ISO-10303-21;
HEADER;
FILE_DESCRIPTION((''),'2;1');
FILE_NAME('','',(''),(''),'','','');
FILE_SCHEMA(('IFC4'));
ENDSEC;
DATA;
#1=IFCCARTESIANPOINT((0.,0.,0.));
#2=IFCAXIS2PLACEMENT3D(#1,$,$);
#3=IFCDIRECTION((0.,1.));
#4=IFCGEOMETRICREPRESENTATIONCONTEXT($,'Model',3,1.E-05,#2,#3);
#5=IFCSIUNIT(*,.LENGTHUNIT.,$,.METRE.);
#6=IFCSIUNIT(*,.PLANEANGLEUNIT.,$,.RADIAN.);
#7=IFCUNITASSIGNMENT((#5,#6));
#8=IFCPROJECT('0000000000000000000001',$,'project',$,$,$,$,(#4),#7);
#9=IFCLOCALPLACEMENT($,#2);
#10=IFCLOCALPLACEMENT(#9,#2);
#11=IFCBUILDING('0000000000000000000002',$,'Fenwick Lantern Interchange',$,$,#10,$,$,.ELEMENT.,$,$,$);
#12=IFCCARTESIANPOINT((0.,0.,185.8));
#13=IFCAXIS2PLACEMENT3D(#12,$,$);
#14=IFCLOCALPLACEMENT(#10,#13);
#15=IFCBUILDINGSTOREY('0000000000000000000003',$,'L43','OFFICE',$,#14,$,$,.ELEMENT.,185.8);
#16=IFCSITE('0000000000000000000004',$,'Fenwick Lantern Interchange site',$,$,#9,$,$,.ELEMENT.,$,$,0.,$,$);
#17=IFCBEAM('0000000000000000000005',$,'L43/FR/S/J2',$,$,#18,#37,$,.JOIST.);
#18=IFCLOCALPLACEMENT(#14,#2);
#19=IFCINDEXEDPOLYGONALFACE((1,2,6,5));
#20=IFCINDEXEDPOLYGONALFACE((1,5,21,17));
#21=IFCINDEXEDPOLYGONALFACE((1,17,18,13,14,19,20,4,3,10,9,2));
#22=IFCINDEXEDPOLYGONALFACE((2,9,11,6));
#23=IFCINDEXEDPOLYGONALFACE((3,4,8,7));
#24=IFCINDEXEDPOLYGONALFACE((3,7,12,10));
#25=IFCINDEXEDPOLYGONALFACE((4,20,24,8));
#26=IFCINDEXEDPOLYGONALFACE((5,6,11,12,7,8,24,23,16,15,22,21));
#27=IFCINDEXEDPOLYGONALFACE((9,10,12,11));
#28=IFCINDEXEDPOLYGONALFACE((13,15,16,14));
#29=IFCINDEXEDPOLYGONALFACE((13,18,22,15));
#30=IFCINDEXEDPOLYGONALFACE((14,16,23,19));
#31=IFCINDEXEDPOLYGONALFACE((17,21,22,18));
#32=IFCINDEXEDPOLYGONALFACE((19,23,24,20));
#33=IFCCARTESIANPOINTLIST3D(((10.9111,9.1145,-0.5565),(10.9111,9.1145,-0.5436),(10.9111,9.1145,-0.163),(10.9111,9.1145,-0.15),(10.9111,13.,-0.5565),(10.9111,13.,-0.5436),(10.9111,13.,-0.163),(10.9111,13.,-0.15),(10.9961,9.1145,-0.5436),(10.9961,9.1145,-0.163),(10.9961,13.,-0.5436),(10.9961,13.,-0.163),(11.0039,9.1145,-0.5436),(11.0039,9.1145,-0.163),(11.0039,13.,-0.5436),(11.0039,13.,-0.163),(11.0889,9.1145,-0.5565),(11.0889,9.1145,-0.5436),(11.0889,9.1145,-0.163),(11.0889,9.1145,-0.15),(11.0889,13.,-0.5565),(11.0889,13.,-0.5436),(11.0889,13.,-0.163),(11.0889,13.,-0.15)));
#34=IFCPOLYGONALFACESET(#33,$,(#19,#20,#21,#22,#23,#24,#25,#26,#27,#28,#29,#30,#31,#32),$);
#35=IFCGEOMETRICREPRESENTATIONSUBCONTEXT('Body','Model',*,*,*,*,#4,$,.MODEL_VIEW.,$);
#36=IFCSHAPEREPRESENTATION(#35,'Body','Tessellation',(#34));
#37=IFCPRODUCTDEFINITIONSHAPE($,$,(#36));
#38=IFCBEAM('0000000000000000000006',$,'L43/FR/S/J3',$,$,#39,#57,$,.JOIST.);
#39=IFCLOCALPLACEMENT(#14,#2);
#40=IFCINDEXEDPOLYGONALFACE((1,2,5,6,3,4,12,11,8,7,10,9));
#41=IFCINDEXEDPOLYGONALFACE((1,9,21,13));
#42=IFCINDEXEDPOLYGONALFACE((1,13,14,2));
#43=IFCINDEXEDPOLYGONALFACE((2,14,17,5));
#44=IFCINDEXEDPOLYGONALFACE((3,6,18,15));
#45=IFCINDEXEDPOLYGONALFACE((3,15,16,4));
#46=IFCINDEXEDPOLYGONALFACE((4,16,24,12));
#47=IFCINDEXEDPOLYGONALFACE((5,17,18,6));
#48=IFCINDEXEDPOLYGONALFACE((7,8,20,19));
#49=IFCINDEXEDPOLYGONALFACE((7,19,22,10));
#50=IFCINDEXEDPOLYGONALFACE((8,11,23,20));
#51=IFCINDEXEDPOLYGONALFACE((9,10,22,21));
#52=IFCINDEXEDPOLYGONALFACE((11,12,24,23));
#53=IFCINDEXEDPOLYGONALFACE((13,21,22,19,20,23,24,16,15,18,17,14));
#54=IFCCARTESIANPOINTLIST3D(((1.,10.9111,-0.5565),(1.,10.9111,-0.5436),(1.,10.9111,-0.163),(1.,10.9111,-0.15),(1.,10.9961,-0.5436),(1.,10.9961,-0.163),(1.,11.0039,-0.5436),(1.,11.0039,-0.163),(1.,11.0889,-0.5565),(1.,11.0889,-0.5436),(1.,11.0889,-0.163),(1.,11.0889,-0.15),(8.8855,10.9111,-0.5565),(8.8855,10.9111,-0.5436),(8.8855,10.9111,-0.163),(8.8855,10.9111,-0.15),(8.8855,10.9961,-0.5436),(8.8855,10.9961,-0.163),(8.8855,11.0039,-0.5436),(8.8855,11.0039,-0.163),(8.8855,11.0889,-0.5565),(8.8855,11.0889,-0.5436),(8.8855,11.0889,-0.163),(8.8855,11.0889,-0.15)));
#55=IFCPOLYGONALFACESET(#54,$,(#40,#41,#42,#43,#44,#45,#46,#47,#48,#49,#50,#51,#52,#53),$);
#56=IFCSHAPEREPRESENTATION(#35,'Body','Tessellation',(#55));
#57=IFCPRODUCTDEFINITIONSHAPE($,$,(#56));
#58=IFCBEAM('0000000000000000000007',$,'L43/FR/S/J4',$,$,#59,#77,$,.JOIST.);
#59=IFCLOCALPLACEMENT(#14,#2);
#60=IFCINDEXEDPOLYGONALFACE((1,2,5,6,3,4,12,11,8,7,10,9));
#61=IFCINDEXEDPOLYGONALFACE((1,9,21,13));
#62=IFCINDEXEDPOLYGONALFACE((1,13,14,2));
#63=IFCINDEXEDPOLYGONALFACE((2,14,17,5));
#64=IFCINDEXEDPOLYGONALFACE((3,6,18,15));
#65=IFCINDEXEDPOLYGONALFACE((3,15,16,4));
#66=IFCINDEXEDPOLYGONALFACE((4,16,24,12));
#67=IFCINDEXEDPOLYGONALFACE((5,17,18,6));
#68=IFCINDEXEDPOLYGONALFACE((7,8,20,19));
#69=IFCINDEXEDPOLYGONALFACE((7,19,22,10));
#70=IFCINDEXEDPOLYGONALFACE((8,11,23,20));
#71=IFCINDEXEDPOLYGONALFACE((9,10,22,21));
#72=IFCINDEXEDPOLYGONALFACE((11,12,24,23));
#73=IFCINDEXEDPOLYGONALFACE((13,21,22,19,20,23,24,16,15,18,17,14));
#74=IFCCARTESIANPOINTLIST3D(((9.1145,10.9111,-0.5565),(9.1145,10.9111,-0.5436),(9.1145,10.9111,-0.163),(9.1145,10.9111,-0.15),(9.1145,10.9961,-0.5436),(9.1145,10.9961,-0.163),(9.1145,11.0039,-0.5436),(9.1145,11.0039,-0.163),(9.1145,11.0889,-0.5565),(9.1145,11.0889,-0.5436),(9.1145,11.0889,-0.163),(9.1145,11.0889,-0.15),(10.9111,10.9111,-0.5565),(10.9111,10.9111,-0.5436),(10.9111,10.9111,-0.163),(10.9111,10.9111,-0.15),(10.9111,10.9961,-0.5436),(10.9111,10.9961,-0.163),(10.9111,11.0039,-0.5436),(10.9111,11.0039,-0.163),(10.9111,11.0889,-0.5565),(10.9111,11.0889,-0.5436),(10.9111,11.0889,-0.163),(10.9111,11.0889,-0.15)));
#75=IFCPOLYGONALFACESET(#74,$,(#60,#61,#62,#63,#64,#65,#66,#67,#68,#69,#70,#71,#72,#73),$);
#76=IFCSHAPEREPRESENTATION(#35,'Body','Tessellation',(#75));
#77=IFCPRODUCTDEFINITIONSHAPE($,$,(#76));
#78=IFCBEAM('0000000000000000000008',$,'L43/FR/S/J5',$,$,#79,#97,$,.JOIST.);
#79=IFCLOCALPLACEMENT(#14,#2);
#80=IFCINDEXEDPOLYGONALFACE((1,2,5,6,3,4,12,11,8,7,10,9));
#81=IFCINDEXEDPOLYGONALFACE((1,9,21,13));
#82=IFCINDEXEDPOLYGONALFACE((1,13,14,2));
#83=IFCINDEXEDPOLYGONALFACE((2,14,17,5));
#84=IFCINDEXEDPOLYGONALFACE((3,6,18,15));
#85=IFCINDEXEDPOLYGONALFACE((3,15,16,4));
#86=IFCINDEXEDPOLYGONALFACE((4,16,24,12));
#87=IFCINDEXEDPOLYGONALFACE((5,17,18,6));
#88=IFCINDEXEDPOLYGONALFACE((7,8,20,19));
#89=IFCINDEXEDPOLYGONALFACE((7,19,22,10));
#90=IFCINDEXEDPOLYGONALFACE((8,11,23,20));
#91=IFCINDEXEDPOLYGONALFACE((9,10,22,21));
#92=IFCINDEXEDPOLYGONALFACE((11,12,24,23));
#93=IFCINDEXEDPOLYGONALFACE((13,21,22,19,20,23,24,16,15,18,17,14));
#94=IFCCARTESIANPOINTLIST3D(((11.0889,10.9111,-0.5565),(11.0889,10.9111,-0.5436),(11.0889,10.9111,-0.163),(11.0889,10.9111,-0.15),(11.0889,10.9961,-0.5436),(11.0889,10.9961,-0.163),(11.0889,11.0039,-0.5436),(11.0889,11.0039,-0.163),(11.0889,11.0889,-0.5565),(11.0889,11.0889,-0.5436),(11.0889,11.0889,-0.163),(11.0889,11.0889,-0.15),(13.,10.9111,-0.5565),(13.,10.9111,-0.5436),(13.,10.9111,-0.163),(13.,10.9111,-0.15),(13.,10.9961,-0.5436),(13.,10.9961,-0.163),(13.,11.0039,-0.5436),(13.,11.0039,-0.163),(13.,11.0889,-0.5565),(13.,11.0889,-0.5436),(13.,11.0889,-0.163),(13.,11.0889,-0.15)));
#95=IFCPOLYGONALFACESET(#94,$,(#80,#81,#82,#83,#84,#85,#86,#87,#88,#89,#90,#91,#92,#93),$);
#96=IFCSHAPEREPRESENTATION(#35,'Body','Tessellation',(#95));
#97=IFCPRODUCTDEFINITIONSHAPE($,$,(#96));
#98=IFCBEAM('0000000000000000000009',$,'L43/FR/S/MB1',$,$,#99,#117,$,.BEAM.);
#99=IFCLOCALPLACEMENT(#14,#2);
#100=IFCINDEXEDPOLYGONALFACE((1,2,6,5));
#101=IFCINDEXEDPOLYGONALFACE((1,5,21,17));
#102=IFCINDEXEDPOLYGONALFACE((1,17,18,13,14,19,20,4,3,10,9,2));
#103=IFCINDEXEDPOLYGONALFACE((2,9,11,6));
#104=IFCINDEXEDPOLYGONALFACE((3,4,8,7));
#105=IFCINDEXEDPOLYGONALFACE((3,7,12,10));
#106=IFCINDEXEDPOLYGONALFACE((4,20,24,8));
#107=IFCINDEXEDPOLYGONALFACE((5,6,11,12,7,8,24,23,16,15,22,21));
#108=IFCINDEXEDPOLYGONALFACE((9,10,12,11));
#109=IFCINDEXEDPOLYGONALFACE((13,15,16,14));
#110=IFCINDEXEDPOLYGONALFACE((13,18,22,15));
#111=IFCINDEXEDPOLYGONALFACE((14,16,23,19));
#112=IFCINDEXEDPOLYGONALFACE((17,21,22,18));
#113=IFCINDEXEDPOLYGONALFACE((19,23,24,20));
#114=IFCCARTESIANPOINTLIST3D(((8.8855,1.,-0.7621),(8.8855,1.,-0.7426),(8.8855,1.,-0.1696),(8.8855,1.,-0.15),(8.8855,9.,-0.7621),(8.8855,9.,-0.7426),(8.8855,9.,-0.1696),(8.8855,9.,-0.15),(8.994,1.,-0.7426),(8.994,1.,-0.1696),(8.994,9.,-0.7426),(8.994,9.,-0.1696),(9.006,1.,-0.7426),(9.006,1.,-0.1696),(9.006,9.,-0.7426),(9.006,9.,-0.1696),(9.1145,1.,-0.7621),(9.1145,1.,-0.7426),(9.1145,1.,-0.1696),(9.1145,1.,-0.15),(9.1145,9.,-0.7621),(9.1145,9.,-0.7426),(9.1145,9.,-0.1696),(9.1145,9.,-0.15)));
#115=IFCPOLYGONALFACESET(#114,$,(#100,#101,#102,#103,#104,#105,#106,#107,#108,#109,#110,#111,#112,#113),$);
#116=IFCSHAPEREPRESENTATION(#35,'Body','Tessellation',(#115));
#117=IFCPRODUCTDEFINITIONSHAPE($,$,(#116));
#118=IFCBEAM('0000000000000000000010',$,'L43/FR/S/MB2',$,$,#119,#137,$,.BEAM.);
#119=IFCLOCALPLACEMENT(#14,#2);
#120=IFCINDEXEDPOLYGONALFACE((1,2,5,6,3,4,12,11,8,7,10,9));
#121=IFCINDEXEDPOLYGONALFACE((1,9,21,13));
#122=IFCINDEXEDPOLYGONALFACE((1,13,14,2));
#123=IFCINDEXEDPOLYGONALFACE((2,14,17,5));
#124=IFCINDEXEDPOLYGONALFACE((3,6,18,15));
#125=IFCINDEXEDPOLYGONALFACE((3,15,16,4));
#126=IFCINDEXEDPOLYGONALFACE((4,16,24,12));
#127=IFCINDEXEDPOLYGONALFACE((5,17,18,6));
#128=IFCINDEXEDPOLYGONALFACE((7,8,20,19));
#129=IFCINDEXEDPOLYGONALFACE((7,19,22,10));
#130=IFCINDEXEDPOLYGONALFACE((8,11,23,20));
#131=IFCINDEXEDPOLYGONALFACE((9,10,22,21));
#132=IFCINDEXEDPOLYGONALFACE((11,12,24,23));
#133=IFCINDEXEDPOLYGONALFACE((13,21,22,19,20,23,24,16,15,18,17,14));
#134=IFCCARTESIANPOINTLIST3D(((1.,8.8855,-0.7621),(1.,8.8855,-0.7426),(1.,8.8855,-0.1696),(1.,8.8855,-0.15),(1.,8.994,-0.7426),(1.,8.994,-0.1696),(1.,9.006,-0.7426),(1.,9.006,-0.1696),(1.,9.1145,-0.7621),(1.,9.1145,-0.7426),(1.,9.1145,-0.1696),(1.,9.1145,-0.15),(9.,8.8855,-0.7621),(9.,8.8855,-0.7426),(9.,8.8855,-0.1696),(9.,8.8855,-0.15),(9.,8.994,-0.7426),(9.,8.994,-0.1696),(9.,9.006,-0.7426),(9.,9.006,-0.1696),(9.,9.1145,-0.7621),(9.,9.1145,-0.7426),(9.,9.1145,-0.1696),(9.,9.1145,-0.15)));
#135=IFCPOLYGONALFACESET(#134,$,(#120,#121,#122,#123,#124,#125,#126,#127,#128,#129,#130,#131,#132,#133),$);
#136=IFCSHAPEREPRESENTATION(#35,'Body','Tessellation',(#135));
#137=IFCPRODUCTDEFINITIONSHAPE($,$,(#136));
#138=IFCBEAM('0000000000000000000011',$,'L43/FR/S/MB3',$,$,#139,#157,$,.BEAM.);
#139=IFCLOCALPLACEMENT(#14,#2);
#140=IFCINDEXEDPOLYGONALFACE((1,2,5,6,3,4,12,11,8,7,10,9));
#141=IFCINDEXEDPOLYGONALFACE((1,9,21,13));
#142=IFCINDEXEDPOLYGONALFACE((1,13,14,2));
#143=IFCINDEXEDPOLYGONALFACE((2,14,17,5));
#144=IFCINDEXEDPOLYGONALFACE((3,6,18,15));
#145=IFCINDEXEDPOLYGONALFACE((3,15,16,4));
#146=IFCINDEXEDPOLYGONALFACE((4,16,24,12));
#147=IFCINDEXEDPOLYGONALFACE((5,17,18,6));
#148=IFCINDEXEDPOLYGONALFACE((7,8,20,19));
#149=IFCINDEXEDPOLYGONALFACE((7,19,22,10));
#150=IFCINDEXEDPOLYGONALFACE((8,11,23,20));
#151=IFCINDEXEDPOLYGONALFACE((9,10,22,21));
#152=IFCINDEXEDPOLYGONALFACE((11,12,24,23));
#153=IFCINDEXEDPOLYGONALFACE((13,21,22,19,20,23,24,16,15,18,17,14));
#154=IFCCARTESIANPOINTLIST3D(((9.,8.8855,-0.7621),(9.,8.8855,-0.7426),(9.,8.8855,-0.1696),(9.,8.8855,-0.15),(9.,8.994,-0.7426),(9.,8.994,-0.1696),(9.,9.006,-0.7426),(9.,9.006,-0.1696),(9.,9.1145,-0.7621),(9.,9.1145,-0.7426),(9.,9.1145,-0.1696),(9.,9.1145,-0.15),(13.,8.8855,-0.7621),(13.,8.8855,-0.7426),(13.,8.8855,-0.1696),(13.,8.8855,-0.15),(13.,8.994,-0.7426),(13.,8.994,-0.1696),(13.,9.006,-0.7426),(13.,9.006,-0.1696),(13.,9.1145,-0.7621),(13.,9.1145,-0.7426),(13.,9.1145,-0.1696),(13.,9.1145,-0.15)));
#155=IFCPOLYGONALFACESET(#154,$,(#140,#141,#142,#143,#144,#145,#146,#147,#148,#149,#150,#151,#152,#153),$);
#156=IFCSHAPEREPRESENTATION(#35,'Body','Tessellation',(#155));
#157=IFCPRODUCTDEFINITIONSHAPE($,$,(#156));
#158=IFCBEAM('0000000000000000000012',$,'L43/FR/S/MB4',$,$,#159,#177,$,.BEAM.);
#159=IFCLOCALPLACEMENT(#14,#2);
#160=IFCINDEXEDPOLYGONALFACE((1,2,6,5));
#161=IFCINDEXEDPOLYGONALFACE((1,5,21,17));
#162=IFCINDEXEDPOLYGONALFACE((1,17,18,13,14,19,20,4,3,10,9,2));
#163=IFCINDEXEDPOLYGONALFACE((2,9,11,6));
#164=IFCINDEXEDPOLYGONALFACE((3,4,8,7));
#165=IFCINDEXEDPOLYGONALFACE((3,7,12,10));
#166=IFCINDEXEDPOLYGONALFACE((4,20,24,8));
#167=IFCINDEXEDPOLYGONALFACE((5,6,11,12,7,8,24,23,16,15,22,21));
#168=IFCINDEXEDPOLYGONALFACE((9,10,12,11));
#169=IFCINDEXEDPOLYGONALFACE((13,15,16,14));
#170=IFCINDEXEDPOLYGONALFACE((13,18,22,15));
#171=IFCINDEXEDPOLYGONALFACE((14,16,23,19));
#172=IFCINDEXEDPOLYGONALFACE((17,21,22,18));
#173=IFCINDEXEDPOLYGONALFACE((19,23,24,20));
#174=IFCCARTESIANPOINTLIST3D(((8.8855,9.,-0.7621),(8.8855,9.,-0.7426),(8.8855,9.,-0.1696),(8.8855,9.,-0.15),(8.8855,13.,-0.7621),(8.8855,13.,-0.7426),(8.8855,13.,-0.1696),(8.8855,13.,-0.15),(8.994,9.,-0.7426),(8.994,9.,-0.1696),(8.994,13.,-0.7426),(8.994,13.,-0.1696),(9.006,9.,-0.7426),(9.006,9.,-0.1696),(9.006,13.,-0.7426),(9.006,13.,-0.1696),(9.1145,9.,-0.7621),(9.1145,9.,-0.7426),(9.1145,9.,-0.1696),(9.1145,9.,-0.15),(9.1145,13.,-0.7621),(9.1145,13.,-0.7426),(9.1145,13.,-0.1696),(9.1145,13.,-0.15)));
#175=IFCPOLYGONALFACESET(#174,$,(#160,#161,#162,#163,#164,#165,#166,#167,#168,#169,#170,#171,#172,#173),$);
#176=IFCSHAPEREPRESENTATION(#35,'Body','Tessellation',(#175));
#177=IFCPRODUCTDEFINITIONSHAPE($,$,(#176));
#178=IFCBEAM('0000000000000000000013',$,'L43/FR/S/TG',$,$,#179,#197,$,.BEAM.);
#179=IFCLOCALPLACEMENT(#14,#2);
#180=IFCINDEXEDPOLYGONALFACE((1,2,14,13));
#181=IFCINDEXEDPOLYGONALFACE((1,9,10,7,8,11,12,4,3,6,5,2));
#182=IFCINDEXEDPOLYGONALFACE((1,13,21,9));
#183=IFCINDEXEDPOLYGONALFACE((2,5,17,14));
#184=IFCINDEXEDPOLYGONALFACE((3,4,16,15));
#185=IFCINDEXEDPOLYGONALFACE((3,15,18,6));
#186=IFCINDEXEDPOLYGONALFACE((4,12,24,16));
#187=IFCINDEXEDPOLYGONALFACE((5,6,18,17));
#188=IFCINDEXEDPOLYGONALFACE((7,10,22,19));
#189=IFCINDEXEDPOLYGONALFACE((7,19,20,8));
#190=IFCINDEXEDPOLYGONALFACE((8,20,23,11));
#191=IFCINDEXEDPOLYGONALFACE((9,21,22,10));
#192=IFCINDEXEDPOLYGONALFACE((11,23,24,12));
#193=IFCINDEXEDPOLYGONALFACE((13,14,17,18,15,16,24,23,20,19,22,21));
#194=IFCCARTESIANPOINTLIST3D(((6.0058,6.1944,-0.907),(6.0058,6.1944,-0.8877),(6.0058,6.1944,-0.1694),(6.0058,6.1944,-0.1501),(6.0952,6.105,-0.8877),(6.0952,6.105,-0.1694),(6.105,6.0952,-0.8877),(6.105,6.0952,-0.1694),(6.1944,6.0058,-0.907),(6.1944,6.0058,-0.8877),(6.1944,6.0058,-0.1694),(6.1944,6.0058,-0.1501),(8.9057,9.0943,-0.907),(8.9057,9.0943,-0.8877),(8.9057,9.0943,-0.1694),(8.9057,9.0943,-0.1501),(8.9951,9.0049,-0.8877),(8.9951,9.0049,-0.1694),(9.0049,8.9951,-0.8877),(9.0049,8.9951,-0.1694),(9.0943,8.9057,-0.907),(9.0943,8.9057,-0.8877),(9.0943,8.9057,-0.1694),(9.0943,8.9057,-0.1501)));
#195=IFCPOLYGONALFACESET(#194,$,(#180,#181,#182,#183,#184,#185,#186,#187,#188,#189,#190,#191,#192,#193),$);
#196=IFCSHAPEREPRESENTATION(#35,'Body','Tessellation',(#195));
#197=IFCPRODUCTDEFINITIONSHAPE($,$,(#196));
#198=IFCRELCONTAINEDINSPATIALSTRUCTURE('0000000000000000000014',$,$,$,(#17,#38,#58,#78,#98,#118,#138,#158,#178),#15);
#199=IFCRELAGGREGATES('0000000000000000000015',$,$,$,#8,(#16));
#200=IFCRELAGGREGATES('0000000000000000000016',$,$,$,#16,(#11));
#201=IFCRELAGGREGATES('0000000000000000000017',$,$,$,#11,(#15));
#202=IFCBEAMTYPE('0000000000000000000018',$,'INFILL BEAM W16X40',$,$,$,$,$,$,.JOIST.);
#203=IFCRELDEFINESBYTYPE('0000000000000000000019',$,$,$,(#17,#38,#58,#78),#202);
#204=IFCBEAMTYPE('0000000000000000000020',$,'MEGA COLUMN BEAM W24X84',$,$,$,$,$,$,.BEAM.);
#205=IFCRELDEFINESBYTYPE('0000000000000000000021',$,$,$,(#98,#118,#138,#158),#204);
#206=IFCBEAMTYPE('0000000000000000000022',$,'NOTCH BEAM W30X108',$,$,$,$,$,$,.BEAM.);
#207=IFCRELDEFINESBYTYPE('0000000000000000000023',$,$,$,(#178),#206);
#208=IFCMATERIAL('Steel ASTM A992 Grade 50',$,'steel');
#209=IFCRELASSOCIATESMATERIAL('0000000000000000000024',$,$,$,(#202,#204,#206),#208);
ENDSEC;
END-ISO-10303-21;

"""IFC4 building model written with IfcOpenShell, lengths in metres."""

from ifc_helpers import new_model, si_unit, direction, frame, origin, origin_2d, place, context, subcontext, project, spatial, i_section, extrude, material, material_profile, profile_set, type_object, element, save


model = new_model("IFC4")

# Units and contexts
model_context = context("Model", 3, precision=1e-05, world=origin(), true_north=direction((0.0, 1.0)))
body_context = subcontext(model_context, "Body", "Model", "MODEL_VIEW")
ifc_project = project(units=[si_unit("LENGTHUNIT", "METRE"), si_unit("PLANEANGLEUNIT", "RADIAN")], contexts=[model_context])

# Site, building, storey
site_placement = place(None, origin())
site = spatial("IfcSite", under=ifc_project, at=site_placement, Name="Fenwick Lantern Interchange site", CompositionType="ELEMENT", RefElevation=0.0)
building_placement = place(site_placement, origin())
building = spatial("IfcBuilding", under=site, at=building_placement, Name="Fenwick Lantern Interchange", CompositionType="ELEMENT")
storey_placement = place(building_placement, frame((0.0, 0.0, 185.8)))
storey = spatial("IfcBuildingStorey", under=building, at=storey_placement, Name="L43", Description="OFFICE", CompositionType="ELEMENT", Elevation=185.8)

# Beams
ifc_material_1 = material(Name="Steel ASTM A992 Grade 50", Category="steel")
ifc_material_profile_1 = material_profile(ifc_material_1, i_section(OverallWidth=0.1777, OverallDepth=0.4065, WebThickness=0.0078, FlangeThickness=0.0129, at=origin_2d()), Name="W16X40")
ifc_profile_set_1 = profile_set([ifc_material_profile_1], Name="Steel ASTM A992 Grade 50")
beam_type_1 = type_object("IfcBeamType", Name="INFILL BEAM W16X40", PredefinedType="JOIST", material=ifc_profile_set_1)
beam_1_placement = place(storey_placement, frame((11.0, 9.1145, -0.3533), z_axis=(0.0, 1.0, 0.0), x_axis=(-1.0, 0.0, 0.0)))
element("IfcBeam", 1, at=beam_1_placement, inside=storey, type_object=beam_type_1, Name="L43/FR/S/J2", PredefinedType="JOIST", context=body_context, shape_type="SweptSolid", body=[
    extrude(i_section(OverallWidth=0.1777, OverallDepth=0.4065, WebThickness=0.0078, FlangeThickness=0.0129, at=origin_2d()), origin(), (0.0, 0.0, 1.0), 3.8855),
])
beam_2_placement = place(storey_placement, frame((1.0, 11.0, -0.3533), z_axis=(1.0, 0.0, 0.0), x_axis=(0.0, 1.0, 0.0)))
element("IfcBeam", 2, at=beam_2_placement, inside=storey, type_object=beam_type_1, Name="L43/FR/S/J3", PredefinedType="JOIST", context=body_context, shape_type="SweptSolid", body=[
    extrude(i_section(OverallWidth=0.1777, OverallDepth=0.4065, WebThickness=0.0078, FlangeThickness=0.0129, at=origin_2d()), origin(), (0.0, 0.0, 1.0), 7.8855),
])
beam_3_placement = place(storey_placement, frame((9.1145, 11.0, -0.3533), z_axis=(1.0, 0.0, 0.0), x_axis=(0.0, 1.0, 0.0)))
element("IfcBeam", 3, at=beam_3_placement, inside=storey, type_object=beam_type_1, Name="L43/FR/S/J4", PredefinedType="JOIST", context=body_context, shape_type="SweptSolid", body=[
    extrude(i_section(OverallWidth=0.1777, OverallDepth=0.4065, WebThickness=0.0078, FlangeThickness=0.0129, at=origin_2d()), origin(), (0.0, 0.0, 1.0), 1.7966),
])
beam_4_placement = place(storey_placement, frame((11.0889, 11.0, -0.3533), z_axis=(1.0, 0.0, 0.0), x_axis=(0.0, 1.0, 0.0)))
element("IfcBeam", 4, at=beam_4_placement, inside=storey, type_object=beam_type_1, Name="L43/FR/S/J5", PredefinedType="JOIST", context=body_context, shape_type="SweptSolid", body=[
    extrude(i_section(OverallWidth=0.1777, OverallDepth=0.4065, WebThickness=0.0078, FlangeThickness=0.0129, at=origin_2d()), origin(), (0.0, 0.0, 1.0), 1.9111),
])
ifc_material_profile_2 = material_profile(ifc_material_1, i_section(OverallWidth=0.229, OverallDepth=0.6121, WebThickness=0.012, FlangeThickness=0.0195, at=origin_2d()), Name="W24X84")
ifc_profile_set_2 = profile_set([ifc_material_profile_2], Name="Steel ASTM A992 Grade 50")
beam_type_2 = type_object("IfcBeamType", Name="MEGA COLUMN BEAM W24X84", PredefinedType="BEAM", material=ifc_profile_set_2)
for number, where, z_axis, x_axis, name in (
    (5, (9.0, 9.0, -0.4561), (0.0, -1.0, 0.0), (1.0, 0.0, 0.0), "L43/FR/S/MB1"),
    (6, (9.0, 9.0, -0.4561), (-1.0, 0.0, 0.0), (0.0, -1.0, 0.0), "L43/FR/S/MB2"),
):
    element("IfcBeam", number, at=place(storey_placement, frame(where, z_axis=z_axis, x_axis=x_axis)), inside=storey, type_object=beam_type_2, Name=name, PredefinedType="BEAM", context=body_context, shape_type="SweptSolid", body=[
        extrude(i_section(OverallWidth=0.229, OverallDepth=0.6121, WebThickness=0.012, FlangeThickness=0.0195, at=origin_2d()), origin(), (0.0, 0.0, 1.0), 8.0),
    ])
for number, where, z_axis, x_axis, name in (
    (7, (9.0, 9.0, -0.4561), (1.0, 0.0, 0.0), (0.0, 1.0, 0.0), "L43/FR/S/MB3"),
    (8, (9.0, 9.0, -0.4561), (0.0, 1.0, 0.0), (-1.0, 0.0, 0.0), "L43/FR/S/MB4"),
):
    element("IfcBeam", number, at=place(storey_placement, frame(where, z_axis=z_axis, x_axis=x_axis)), inside=storey, type_object=beam_type_2, Name=name, PredefinedType="BEAM", context=body_context, shape_type="SweptSolid", body=[
        extrude(i_section(OverallWidth=0.229, OverallDepth=0.6121, WebThickness=0.012, FlangeThickness=0.0195, at=origin_2d()), origin(), (0.0, 0.0, 1.0), 4.0),
    ])
ifc_material_profile_3 = material_profile(ifc_material_1, i_section(OverallWidth=0.2666, OverallDepth=0.7568, WebThickness=0.0139, FlangeThickness=0.0193, at=origin_2d()), Name="W30X108")
ifc_profile_set_3 = profile_set([ifc_material_profile_3], Name="Steel ASTM A992 Grade 50")
beam_type_3 = type_object("IfcBeamType", Name="NOTCH BEAM W30X108", PredefinedType="BEAM", material=ifc_profile_set_3)
beam_5_placement = place(storey_placement, frame((9.0, 9.0, -0.5286), z_axis=(-0.707107, -0.707107, 0.0), x_axis=(0.707107, -0.707107, 0.0)))
element("IfcBeam", 9, at=beam_5_placement, inside=storey, type_object=beam_type_3, Name="L43/FR/S/TG", PredefinedType="BEAM", context=body_context, shape_type="SweptSolid", body=[
    extrude(i_section(OverallWidth=0.2666, OverallDepth=0.7568, WebThickness=0.0139, FlangeThickness=0.0193, at=origin_2d()), origin(), (0.0, 0.0, 1.0), 4.1011),
])

save(model, "model.ifc")
